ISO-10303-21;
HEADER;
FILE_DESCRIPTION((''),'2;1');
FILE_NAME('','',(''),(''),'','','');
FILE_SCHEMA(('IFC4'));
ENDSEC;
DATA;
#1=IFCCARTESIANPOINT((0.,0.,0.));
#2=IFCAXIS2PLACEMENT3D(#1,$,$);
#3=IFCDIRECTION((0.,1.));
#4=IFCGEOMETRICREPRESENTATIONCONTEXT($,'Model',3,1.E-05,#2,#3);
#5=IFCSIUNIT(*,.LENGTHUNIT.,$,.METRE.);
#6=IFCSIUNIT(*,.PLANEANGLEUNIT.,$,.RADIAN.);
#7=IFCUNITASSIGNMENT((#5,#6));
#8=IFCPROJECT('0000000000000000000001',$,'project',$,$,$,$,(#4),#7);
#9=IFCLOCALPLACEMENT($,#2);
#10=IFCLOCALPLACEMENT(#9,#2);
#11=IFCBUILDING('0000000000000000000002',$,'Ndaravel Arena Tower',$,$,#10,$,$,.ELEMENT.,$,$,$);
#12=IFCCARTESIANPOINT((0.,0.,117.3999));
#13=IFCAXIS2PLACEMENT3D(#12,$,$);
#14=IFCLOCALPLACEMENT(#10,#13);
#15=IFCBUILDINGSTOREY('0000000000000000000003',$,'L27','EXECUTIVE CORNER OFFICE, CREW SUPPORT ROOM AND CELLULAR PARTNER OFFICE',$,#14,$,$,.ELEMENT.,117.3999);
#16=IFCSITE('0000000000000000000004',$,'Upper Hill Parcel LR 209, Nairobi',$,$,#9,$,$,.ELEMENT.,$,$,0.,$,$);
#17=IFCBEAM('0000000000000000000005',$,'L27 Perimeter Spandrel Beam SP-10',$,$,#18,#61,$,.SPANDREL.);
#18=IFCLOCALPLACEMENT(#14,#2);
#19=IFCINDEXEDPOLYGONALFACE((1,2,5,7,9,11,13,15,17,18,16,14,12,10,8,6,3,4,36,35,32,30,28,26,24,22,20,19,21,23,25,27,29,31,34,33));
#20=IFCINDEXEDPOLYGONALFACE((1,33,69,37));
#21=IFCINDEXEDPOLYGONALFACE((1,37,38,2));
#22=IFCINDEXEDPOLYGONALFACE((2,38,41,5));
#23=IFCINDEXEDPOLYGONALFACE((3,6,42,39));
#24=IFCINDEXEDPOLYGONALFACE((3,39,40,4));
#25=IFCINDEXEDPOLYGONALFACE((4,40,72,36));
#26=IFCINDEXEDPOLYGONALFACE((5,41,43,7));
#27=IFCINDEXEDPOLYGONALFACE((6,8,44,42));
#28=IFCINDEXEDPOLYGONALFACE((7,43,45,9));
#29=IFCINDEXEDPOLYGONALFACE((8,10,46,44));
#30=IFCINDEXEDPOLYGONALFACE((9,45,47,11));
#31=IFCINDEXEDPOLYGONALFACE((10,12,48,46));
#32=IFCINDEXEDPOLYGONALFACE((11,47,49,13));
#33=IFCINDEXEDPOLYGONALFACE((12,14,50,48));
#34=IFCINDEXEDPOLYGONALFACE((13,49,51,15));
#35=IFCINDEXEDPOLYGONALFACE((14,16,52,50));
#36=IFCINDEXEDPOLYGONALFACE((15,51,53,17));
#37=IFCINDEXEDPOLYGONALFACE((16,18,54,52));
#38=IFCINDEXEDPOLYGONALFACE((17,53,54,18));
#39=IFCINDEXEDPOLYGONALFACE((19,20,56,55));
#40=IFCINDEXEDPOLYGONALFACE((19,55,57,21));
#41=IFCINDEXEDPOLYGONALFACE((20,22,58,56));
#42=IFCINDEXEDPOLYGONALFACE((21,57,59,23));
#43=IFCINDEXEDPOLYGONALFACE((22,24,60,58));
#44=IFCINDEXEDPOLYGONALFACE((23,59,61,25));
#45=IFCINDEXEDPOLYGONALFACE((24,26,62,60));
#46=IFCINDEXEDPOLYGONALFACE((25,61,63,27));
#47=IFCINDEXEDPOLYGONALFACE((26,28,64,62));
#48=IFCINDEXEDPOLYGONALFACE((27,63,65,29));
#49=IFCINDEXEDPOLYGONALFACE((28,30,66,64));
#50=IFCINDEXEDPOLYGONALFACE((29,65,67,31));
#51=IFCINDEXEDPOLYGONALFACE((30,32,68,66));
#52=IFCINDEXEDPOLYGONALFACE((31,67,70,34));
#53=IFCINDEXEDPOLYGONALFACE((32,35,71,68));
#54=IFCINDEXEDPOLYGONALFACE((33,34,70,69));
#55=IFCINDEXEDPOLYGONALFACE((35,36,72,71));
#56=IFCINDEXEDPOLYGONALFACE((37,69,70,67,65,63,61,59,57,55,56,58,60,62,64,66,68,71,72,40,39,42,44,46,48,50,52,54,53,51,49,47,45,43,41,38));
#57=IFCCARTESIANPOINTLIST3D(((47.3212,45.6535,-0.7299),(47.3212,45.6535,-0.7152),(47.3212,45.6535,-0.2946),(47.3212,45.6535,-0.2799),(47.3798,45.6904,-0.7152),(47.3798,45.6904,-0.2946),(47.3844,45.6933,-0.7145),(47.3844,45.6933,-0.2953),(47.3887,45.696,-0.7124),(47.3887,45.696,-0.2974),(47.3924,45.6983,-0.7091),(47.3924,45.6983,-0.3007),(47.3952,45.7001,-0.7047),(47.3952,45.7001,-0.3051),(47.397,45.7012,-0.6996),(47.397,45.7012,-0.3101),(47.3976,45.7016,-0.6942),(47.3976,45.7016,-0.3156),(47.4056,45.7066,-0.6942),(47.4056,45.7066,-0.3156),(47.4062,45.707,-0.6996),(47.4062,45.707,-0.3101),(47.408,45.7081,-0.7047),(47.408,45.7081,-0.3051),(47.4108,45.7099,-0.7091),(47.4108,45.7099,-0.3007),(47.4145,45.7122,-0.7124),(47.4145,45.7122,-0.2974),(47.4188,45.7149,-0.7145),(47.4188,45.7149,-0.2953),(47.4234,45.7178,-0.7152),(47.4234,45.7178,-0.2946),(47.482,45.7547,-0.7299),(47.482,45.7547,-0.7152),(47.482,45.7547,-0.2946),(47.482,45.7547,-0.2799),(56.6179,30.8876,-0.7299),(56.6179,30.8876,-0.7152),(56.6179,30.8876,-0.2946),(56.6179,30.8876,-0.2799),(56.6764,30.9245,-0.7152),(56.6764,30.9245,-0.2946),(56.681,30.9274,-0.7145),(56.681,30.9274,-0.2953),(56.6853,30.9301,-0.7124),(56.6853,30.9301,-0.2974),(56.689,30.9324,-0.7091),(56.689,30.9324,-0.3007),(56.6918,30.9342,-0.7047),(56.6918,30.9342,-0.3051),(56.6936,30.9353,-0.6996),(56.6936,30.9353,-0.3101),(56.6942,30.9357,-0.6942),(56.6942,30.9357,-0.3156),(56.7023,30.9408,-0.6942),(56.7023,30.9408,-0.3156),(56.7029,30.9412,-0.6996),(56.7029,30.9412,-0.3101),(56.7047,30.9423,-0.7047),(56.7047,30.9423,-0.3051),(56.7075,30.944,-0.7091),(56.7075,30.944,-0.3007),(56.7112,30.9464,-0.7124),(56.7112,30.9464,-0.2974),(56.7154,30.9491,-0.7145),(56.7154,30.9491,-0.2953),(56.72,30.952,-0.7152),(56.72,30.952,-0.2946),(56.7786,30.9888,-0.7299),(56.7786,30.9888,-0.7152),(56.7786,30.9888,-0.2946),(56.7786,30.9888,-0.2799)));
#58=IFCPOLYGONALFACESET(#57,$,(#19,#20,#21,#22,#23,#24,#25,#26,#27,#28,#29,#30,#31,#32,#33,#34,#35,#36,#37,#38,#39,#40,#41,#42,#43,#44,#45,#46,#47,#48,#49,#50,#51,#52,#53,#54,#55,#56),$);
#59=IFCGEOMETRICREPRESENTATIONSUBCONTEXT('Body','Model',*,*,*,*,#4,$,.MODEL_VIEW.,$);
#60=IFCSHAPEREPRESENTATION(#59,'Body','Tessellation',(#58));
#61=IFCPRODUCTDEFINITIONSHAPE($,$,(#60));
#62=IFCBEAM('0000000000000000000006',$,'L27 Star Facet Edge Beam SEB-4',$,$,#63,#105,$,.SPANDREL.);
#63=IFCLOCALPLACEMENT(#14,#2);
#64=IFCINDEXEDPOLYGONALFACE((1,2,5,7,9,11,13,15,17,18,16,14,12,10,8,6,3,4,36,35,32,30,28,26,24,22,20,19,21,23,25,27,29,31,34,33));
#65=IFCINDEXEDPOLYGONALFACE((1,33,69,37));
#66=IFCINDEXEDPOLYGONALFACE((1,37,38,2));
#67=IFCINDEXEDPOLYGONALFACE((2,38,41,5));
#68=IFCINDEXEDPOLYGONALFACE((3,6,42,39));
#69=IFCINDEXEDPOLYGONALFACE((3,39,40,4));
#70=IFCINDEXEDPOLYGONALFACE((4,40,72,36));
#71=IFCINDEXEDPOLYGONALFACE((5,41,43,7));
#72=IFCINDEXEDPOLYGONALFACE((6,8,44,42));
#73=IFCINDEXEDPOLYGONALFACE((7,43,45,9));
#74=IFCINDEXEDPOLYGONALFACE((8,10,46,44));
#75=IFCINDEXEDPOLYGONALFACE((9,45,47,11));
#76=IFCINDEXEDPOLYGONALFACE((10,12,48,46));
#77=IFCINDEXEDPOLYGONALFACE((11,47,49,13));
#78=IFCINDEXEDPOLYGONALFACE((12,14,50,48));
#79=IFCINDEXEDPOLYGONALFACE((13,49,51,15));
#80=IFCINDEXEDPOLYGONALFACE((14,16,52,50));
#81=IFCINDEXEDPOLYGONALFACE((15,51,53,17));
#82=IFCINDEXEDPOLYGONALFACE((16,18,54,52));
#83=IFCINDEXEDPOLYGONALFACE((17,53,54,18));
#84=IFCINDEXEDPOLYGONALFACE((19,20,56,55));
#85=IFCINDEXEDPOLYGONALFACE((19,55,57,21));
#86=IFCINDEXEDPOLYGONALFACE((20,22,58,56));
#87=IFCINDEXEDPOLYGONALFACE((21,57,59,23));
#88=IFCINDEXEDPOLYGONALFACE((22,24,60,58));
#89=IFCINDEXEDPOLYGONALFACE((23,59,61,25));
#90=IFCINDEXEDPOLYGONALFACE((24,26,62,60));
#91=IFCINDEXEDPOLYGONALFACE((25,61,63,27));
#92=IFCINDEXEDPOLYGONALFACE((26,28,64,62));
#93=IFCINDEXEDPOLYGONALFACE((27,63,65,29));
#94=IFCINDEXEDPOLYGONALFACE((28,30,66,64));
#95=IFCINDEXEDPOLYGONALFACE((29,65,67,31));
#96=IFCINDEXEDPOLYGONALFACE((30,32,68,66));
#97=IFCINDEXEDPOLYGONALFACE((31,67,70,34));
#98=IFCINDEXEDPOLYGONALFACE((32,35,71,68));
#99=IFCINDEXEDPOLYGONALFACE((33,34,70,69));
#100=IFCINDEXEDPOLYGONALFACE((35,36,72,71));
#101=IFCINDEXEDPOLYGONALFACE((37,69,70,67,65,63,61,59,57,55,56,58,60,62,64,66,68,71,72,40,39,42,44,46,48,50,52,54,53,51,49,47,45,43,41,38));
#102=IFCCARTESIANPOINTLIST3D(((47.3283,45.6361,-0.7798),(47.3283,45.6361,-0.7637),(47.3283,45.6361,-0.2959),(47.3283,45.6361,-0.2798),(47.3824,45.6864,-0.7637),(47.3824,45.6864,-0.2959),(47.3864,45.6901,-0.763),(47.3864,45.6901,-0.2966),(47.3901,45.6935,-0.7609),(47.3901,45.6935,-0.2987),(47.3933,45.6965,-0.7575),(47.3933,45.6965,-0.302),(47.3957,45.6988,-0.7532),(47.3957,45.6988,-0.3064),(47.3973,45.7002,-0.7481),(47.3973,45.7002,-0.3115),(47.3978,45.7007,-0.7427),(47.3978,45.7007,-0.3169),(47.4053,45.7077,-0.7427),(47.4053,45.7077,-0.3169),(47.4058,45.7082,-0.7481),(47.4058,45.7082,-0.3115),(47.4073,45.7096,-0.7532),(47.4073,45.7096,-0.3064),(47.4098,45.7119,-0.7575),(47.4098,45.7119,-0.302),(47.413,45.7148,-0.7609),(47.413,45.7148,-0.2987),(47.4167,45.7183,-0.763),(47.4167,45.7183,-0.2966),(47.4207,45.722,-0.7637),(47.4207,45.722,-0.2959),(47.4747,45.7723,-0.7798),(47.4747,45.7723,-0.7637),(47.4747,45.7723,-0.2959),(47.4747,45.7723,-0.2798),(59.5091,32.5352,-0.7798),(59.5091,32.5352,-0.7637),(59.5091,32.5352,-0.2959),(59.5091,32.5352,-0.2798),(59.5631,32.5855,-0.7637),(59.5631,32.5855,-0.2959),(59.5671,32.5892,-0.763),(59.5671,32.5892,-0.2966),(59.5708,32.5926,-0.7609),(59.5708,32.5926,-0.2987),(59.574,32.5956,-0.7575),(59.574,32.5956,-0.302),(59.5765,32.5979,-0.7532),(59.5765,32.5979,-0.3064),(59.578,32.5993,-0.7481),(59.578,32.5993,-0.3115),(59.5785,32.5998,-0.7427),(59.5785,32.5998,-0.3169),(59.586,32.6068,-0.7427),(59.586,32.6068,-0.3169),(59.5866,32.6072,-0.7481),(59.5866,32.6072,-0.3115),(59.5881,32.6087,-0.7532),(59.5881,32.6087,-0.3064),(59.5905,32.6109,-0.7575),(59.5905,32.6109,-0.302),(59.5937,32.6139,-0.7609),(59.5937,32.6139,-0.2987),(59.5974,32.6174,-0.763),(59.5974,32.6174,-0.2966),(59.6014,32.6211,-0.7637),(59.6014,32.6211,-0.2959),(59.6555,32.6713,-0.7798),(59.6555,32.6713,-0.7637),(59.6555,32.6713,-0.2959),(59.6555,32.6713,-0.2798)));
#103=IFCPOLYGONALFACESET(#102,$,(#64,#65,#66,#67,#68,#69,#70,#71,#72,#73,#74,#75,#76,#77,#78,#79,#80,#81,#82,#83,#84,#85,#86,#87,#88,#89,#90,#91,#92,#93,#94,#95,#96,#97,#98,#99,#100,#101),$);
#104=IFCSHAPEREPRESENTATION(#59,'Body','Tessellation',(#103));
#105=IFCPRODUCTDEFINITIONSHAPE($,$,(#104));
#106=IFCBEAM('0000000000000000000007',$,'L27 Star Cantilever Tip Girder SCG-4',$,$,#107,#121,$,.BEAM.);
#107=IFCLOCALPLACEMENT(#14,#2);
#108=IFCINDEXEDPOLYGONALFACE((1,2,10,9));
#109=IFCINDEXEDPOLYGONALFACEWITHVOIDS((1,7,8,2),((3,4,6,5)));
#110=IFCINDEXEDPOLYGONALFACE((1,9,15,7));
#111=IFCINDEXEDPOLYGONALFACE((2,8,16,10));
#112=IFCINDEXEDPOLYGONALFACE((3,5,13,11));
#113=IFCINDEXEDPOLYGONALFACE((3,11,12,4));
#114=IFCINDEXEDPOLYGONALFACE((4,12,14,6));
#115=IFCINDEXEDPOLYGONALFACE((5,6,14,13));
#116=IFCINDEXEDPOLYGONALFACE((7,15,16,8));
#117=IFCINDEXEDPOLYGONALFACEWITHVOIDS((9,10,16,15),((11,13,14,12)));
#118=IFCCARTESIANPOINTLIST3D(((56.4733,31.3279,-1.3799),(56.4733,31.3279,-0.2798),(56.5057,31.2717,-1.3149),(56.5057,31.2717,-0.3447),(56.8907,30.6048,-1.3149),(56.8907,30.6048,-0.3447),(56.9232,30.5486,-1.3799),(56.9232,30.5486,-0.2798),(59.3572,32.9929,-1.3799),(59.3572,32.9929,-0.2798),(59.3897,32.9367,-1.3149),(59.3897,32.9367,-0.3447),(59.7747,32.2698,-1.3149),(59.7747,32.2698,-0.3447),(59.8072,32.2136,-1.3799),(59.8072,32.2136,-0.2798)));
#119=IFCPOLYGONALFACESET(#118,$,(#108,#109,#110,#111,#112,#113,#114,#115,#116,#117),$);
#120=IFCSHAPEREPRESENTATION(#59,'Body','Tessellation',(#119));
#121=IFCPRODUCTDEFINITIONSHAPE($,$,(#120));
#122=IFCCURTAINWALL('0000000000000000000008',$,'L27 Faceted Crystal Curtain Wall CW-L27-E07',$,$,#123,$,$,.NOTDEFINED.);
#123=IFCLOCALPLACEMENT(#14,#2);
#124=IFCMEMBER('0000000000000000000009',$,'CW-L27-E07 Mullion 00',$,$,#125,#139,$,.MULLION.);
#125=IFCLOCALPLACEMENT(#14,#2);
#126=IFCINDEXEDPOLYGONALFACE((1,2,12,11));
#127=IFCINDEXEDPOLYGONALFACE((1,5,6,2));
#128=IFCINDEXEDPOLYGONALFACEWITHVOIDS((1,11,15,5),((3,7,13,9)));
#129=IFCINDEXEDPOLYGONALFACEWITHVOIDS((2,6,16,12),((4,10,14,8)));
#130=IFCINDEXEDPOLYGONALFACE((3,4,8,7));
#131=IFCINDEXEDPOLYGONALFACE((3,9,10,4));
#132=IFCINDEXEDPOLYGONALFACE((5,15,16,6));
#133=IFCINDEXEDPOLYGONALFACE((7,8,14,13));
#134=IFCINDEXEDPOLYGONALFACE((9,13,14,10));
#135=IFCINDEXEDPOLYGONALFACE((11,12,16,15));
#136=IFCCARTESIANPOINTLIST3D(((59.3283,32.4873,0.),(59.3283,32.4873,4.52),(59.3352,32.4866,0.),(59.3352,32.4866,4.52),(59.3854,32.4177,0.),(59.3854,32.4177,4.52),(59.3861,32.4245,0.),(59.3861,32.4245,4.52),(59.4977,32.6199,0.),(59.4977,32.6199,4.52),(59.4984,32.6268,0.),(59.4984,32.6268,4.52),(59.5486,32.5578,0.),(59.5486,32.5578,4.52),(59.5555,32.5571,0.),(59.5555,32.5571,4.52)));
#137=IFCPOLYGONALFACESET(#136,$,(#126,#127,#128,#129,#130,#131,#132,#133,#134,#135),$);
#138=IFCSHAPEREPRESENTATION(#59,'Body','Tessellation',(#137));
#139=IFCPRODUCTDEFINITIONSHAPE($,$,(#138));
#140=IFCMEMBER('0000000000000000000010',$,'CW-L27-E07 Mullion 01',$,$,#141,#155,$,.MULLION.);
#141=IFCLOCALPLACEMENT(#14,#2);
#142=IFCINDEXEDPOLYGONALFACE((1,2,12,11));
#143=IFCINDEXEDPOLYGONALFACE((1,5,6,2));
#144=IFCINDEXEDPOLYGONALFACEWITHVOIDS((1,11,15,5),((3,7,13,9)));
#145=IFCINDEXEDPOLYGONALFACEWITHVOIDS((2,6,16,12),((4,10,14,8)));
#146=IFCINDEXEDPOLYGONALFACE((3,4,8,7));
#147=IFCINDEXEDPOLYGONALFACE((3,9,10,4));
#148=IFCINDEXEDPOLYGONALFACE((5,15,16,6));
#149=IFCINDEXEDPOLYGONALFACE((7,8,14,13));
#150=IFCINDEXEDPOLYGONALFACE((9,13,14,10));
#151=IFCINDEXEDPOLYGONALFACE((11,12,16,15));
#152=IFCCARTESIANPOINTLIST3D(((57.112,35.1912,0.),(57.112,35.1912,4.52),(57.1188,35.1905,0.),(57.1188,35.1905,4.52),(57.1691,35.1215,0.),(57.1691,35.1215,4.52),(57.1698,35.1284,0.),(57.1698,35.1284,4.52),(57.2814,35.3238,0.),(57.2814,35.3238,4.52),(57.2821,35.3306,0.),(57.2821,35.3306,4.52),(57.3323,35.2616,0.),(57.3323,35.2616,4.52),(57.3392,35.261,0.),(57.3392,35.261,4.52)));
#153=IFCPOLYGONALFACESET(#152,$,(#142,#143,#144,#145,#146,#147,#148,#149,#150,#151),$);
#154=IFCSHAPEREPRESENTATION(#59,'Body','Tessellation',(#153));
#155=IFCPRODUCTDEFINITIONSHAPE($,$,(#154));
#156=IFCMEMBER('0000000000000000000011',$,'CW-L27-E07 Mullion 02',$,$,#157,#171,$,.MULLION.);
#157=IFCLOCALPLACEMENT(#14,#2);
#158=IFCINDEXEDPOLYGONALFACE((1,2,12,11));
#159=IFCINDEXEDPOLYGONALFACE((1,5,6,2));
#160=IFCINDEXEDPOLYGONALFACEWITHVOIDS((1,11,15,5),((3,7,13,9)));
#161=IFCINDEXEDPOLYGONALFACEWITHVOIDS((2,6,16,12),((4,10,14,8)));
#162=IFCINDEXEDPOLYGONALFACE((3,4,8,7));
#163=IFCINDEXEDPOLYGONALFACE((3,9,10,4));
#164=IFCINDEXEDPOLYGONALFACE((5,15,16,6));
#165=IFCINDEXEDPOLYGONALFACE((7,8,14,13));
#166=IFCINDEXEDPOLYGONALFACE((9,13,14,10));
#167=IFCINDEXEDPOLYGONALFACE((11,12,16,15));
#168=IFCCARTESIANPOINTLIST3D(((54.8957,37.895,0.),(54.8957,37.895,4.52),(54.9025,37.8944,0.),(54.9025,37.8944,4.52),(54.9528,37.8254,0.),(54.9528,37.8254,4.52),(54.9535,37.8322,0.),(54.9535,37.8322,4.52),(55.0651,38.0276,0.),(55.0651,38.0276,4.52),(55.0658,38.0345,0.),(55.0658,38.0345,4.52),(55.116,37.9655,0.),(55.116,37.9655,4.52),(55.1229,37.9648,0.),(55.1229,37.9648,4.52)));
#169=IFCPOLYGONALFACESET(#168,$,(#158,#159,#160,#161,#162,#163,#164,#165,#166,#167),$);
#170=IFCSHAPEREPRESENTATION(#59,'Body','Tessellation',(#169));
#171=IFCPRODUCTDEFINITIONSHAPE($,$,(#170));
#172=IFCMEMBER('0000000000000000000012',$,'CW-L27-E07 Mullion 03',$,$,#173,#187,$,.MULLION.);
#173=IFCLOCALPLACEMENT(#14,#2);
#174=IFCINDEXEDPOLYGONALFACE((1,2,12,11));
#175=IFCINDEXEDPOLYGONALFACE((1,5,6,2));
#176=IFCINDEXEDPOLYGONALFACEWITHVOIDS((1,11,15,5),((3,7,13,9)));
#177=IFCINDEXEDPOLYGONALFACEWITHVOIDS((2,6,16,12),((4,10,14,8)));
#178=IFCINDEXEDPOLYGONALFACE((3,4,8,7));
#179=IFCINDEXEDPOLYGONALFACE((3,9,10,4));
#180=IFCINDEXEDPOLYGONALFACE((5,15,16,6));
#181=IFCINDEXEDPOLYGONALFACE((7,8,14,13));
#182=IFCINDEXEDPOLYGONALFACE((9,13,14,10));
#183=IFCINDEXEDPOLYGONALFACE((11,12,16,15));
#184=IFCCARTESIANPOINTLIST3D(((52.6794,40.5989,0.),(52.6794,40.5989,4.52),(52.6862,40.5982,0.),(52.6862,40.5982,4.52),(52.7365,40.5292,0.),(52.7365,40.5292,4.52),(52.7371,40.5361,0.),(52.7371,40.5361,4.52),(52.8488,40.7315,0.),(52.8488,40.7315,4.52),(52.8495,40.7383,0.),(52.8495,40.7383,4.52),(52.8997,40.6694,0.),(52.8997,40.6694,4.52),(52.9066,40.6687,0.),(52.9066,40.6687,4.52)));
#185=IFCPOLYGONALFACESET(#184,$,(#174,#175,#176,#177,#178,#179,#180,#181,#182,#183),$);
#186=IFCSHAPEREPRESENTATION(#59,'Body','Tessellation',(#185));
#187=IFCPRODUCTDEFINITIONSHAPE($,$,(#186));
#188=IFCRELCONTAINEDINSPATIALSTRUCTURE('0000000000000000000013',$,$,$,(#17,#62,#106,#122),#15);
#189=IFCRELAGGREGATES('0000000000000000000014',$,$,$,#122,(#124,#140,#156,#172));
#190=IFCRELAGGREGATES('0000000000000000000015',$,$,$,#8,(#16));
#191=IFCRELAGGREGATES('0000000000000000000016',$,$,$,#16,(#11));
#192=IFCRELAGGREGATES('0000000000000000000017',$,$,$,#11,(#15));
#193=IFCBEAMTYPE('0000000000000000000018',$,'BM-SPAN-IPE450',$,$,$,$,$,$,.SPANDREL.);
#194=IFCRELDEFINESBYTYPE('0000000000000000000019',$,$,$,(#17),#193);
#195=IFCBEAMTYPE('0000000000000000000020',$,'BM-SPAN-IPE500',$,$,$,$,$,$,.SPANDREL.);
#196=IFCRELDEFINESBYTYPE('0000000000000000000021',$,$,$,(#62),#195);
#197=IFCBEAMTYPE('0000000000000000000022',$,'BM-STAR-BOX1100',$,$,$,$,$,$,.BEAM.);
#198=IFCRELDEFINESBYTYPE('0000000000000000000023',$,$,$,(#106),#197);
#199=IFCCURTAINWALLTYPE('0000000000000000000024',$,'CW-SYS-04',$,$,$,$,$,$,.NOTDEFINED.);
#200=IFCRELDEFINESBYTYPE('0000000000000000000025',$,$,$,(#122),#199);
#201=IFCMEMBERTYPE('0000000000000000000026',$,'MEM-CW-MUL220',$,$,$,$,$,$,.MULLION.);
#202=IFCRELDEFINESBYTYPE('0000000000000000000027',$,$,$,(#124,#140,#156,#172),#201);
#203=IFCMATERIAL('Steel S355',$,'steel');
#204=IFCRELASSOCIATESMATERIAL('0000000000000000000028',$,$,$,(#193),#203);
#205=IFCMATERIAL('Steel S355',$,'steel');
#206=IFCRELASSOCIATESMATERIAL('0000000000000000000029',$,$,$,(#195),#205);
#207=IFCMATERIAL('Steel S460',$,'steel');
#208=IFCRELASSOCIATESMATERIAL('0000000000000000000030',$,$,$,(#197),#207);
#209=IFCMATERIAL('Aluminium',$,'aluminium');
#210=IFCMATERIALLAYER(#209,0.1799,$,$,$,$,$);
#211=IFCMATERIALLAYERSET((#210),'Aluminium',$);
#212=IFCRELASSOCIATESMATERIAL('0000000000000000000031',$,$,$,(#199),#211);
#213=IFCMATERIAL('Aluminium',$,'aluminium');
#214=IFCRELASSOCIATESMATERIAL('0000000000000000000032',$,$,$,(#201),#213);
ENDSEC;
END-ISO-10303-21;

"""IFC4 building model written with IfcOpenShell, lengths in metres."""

from ifc_helpers import new_model, si_unit, direction, frame, origin, origin_2d, place, context, subcontext, project, spatial, hollow_rectangle, i_section, extrude, material, layer, layer_set, material_profile, profile_set, type_object, element, aggregate, save


model = new_model("IFC4")

# Units and contexts
model_context = context("Model", 3, precision=1e-05, world=origin(), true_north=direction((0.0, 1.0)))
body_context = subcontext(model_context, "Body", "Model", "MODEL_VIEW")
ifc_project = project(units=[si_unit("LENGTHUNIT", "METRE"), si_unit("PLANEANGLEUNIT", "RADIAN")], contexts=[model_context])

# Site, building, storey
site_placement = place(None, origin())
site = spatial("IfcSite", under=ifc_project, at=site_placement, Name="Upper Hill Parcel LR 209, Nairobi", CompositionType="ELEMENT", RefElevation=0.0)
building_placement = place(site_placement, origin())
building = spatial("IfcBuilding", under=site, at=building_placement, Name="Ndaravel Arena Tower", CompositionType="ELEMENT")
storey_placement = place(building_placement, frame((0.0, 0.0, 117.3999)))
storey = spatial("IfcBuildingStorey", under=building, at=storey_placement, Name="L27", Description="EXECUTIVE CORNER OFFICE, CREW SUPPORT ROOM AND CELLULAR PARTNER OFFICE", CompositionType="ELEMENT", Elevation=117.3999)

# Beams
ifc_material_1 = material(Name="Steel S355", Category="steel")
ifc_material_profile_1 = material_profile(ifc_material_1, i_section(OverallWidth=0.1899, OverallDepth=0.45, WebThickness=0.0095, FlangeThickness=0.0146, FilletRadius=0.021, at=origin_2d()), Name="IPE 450")
ifc_profile_set_1 = profile_set([ifc_material_profile_1], Name="Steel S355")
beam_type_1 = type_object("IfcBeamType", Name="BM-SPAN-IPE450", PredefinedType="SPANDREL", material=ifc_profile_set_1)
beam_1_placement = place(storey_placement, frame((56.6982, 30.9382, -0.5049), z_axis=(-0.532797, 0.846243, 0.0), x_axis=(-0.846243, -0.532797, 0.0)))
element("IfcBeam", 1, at=beam_1_placement, inside=storey, type_object=beam_type_1, Name="L27 Perimeter Spandrel Beam SP-10", PredefinedType="SPANDREL", context=body_context, shape_type="SweptSolid", body=[
    extrude(i_section(OverallWidth=0.1899, OverallDepth=0.45, WebThickness=0.0095, FlangeThickness=0.0146, FilletRadius=0.021, at=origin_2d()), origin(), (0.0, 0.0, 1.0), 17.4487),
])
ifc_material_2 = material(Name="Steel S355", Category="steel")
ifc_material_profile_2 = material_profile(ifc_material_2, i_section(OverallWidth=0.2, OverallDepth=0.5, WebThickness=0.0103, FlangeThickness=0.0161, FilletRadius=0.021, at=origin_2d()), Name="IPE 500")
ifc_profile_set_2 = profile_set([ifc_material_profile_2], Name="Steel S355")
beam_type_2 = type_object("IfcBeamType", Name="BM-SPAN-IPE500", PredefinedType="SPANDREL", material=ifc_profile_set_2)
beam_2_placement = place(storey_placement, frame((59.5823, 32.6033, -0.5298), z_axis=(-0.680919, 0.732358, 0.0), x_axis=(-0.732358, -0.680919, 0.0)))
element("IfcBeam", 2, at=beam_2_placement, inside=storey, type_object=beam_type_2, Name="L27 Star Facet Edge Beam SEB-4", PredefinedType="SPANDREL", context=body_context, shape_type="SweptSolid", body=[
    extrude(i_section(OverallWidth=0.2, OverallDepth=0.5, WebThickness=0.0103, FlangeThickness=0.0161, FilletRadius=0.021, at=origin_2d()), origin(), (0.0, 0.0, 1.0), 17.8887),
])
ifc_material_3 = material(Name="Steel S460", Category="steel")
ifc_material_profile_3 = material_profile(ifc_material_3, hollow_rectangle(XDim=0.8999, YDim=1.1001, WallThickness=0.0649, at=origin_2d()), Name="BOX 1100x900x65")
ifc_profile_set_3 = profile_set([ifc_material_profile_3], Name="Steel S460")
beam_type_3 = type_object("IfcBeamType", Name="BM-STAR-BOX1100", PredefinedType="BEAM", material=ifc_profile_set_3)
beam_3_placement = place(storey_placement, frame((56.6982, 30.9382, -0.8298), z_axis=(0.866033, 0.499987, 0.0), x_axis=(-0.499987, 0.866033, 0.0)))
element("IfcBeam", 3, at=beam_3_placement, inside=storey, type_object=beam_type_3, Name="L27 Star Cantilever Tip Girder SCG-4", PredefinedType="BEAM", context=body_context, shape_type="SweptSolid", body=[
    extrude(hollow_rectangle(XDim=0.8999, YDim=1.1001, WallThickness=0.0649, at=origin_2d()), origin(), (0.0, 0.0, 1.0), 3.3301),
])

# Curtain wall, members
ifc_material_4 = material(Name="Aluminium", Category="aluminium")
ifc_layer_1 = layer(ifc_material_4, 0.1799)
ifc_layer_set_1 = layer_set([ifc_layer_1], Name="Aluminium")
curtain_wall_type = type_object("IfcCurtainWallType", Name="CW-SYS-04", PredefinedType="NOTDEFINED", material=ifc_layer_set_1)
curtain_wall_1_placement = place(storey_placement, origin())
curtain_wall_1 = element("IfcCurtainWall", 4, at=curtain_wall_1_placement, inside=storey, type_object=curtain_wall_type, Name="L27 Faceted Crystal Curtain Wall CW-L27-E07", PredefinedType="NOTDEFINED")
ifc_material_5 = material(Name="Aluminium", Category="aluminium")
ifc_material_profile_4 = material_profile(ifc_material_5, hollow_rectangle(XDim=0.0901, YDim=0.22, WallThickness=0.0049, at=origin_2d()), Name="CW MULLION 90x220x5")
ifc_profile_set_4 = profile_set([ifc_material_profile_4], Name="Aluminium")
member_type_1 = type_object("IfcMemberType", Name="MEM-CW-MUL220", PredefinedType="MULLION", material=ifc_profile_set_4)
member_1_placement = place(storey_placement, frame((59.4419, 32.5222, 0.0), z_axis=(0.0, 0.0, 1.0), x_axis=(-0.633934, 0.773387, 0.0)))
member_1 = element("IfcMember", 5, at=member_1_placement, type_object=member_type_1, Name="CW-L27-E07 Mullion 00", PredefinedType="MULLION", context=body_context, shape_type="SweptSolid", body=[
    extrude(hollow_rectangle(XDim=0.0901, YDim=0.22, WallThickness=0.0049, at=origin_2d()), origin(), (0.0, 0.0, 1.0), 4.52),
])
member_2_placement = place(storey_placement, frame((57.2256, 35.2261, 0.0), z_axis=(0.0, 0.0, 1.0), x_axis=(-0.633934, 0.773387, 0.0)))
member_2 = element("IfcMember", 6, at=member_2_placement, type_object=member_type_1, Name="CW-L27-E07 Mullion 01", PredefinedType="MULLION", context=body_context, shape_type="SweptSolid", body=[
    extrude(hollow_rectangle(XDim=0.0901, YDim=0.22, WallThickness=0.0049, at=origin_2d()), origin(), (0.0, 0.0, 1.0), 4.52),
])
member_3_placement = place(storey_placement, frame((55.0093, 37.9299, 0.0), z_axis=(0.0, 0.0, 1.0), x_axis=(-0.633934, 0.773387, 0.0)))
member_3 = element("IfcMember", 7, at=member_3_placement, type_object=member_type_1, Name="CW-L27-E07 Mullion 02", PredefinedType="MULLION", context=body_context, shape_type="SweptSolid", body=[
    extrude(hollow_rectangle(XDim=0.0901, YDim=0.22, WallThickness=0.0049, at=origin_2d()), origin(), (0.0, 0.0, 1.0), 4.52),
])
member_4_placement = place(storey_placement, frame((52.793, 40.6338, 0.0), z_axis=(0.0, 0.0, 1.0), x_axis=(-0.633934, 0.773387, 0.0)))
member_4 = element("IfcMember", 8, at=member_4_placement, type_object=member_type_1, Name="CW-L27-E07 Mullion 03", PredefinedType="MULLION", context=body_context, shape_type="SweptSolid", body=[
    extrude(hollow_rectangle(XDim=0.0901, YDim=0.22, WallThickness=0.0049, at=origin_2d()), origin(), (0.0, 0.0, 1.0), 4.52),
])

aggregate(curtain_wall_1, [member_1, member_2, member_3, member_4])

save(model, "model.ifc")
